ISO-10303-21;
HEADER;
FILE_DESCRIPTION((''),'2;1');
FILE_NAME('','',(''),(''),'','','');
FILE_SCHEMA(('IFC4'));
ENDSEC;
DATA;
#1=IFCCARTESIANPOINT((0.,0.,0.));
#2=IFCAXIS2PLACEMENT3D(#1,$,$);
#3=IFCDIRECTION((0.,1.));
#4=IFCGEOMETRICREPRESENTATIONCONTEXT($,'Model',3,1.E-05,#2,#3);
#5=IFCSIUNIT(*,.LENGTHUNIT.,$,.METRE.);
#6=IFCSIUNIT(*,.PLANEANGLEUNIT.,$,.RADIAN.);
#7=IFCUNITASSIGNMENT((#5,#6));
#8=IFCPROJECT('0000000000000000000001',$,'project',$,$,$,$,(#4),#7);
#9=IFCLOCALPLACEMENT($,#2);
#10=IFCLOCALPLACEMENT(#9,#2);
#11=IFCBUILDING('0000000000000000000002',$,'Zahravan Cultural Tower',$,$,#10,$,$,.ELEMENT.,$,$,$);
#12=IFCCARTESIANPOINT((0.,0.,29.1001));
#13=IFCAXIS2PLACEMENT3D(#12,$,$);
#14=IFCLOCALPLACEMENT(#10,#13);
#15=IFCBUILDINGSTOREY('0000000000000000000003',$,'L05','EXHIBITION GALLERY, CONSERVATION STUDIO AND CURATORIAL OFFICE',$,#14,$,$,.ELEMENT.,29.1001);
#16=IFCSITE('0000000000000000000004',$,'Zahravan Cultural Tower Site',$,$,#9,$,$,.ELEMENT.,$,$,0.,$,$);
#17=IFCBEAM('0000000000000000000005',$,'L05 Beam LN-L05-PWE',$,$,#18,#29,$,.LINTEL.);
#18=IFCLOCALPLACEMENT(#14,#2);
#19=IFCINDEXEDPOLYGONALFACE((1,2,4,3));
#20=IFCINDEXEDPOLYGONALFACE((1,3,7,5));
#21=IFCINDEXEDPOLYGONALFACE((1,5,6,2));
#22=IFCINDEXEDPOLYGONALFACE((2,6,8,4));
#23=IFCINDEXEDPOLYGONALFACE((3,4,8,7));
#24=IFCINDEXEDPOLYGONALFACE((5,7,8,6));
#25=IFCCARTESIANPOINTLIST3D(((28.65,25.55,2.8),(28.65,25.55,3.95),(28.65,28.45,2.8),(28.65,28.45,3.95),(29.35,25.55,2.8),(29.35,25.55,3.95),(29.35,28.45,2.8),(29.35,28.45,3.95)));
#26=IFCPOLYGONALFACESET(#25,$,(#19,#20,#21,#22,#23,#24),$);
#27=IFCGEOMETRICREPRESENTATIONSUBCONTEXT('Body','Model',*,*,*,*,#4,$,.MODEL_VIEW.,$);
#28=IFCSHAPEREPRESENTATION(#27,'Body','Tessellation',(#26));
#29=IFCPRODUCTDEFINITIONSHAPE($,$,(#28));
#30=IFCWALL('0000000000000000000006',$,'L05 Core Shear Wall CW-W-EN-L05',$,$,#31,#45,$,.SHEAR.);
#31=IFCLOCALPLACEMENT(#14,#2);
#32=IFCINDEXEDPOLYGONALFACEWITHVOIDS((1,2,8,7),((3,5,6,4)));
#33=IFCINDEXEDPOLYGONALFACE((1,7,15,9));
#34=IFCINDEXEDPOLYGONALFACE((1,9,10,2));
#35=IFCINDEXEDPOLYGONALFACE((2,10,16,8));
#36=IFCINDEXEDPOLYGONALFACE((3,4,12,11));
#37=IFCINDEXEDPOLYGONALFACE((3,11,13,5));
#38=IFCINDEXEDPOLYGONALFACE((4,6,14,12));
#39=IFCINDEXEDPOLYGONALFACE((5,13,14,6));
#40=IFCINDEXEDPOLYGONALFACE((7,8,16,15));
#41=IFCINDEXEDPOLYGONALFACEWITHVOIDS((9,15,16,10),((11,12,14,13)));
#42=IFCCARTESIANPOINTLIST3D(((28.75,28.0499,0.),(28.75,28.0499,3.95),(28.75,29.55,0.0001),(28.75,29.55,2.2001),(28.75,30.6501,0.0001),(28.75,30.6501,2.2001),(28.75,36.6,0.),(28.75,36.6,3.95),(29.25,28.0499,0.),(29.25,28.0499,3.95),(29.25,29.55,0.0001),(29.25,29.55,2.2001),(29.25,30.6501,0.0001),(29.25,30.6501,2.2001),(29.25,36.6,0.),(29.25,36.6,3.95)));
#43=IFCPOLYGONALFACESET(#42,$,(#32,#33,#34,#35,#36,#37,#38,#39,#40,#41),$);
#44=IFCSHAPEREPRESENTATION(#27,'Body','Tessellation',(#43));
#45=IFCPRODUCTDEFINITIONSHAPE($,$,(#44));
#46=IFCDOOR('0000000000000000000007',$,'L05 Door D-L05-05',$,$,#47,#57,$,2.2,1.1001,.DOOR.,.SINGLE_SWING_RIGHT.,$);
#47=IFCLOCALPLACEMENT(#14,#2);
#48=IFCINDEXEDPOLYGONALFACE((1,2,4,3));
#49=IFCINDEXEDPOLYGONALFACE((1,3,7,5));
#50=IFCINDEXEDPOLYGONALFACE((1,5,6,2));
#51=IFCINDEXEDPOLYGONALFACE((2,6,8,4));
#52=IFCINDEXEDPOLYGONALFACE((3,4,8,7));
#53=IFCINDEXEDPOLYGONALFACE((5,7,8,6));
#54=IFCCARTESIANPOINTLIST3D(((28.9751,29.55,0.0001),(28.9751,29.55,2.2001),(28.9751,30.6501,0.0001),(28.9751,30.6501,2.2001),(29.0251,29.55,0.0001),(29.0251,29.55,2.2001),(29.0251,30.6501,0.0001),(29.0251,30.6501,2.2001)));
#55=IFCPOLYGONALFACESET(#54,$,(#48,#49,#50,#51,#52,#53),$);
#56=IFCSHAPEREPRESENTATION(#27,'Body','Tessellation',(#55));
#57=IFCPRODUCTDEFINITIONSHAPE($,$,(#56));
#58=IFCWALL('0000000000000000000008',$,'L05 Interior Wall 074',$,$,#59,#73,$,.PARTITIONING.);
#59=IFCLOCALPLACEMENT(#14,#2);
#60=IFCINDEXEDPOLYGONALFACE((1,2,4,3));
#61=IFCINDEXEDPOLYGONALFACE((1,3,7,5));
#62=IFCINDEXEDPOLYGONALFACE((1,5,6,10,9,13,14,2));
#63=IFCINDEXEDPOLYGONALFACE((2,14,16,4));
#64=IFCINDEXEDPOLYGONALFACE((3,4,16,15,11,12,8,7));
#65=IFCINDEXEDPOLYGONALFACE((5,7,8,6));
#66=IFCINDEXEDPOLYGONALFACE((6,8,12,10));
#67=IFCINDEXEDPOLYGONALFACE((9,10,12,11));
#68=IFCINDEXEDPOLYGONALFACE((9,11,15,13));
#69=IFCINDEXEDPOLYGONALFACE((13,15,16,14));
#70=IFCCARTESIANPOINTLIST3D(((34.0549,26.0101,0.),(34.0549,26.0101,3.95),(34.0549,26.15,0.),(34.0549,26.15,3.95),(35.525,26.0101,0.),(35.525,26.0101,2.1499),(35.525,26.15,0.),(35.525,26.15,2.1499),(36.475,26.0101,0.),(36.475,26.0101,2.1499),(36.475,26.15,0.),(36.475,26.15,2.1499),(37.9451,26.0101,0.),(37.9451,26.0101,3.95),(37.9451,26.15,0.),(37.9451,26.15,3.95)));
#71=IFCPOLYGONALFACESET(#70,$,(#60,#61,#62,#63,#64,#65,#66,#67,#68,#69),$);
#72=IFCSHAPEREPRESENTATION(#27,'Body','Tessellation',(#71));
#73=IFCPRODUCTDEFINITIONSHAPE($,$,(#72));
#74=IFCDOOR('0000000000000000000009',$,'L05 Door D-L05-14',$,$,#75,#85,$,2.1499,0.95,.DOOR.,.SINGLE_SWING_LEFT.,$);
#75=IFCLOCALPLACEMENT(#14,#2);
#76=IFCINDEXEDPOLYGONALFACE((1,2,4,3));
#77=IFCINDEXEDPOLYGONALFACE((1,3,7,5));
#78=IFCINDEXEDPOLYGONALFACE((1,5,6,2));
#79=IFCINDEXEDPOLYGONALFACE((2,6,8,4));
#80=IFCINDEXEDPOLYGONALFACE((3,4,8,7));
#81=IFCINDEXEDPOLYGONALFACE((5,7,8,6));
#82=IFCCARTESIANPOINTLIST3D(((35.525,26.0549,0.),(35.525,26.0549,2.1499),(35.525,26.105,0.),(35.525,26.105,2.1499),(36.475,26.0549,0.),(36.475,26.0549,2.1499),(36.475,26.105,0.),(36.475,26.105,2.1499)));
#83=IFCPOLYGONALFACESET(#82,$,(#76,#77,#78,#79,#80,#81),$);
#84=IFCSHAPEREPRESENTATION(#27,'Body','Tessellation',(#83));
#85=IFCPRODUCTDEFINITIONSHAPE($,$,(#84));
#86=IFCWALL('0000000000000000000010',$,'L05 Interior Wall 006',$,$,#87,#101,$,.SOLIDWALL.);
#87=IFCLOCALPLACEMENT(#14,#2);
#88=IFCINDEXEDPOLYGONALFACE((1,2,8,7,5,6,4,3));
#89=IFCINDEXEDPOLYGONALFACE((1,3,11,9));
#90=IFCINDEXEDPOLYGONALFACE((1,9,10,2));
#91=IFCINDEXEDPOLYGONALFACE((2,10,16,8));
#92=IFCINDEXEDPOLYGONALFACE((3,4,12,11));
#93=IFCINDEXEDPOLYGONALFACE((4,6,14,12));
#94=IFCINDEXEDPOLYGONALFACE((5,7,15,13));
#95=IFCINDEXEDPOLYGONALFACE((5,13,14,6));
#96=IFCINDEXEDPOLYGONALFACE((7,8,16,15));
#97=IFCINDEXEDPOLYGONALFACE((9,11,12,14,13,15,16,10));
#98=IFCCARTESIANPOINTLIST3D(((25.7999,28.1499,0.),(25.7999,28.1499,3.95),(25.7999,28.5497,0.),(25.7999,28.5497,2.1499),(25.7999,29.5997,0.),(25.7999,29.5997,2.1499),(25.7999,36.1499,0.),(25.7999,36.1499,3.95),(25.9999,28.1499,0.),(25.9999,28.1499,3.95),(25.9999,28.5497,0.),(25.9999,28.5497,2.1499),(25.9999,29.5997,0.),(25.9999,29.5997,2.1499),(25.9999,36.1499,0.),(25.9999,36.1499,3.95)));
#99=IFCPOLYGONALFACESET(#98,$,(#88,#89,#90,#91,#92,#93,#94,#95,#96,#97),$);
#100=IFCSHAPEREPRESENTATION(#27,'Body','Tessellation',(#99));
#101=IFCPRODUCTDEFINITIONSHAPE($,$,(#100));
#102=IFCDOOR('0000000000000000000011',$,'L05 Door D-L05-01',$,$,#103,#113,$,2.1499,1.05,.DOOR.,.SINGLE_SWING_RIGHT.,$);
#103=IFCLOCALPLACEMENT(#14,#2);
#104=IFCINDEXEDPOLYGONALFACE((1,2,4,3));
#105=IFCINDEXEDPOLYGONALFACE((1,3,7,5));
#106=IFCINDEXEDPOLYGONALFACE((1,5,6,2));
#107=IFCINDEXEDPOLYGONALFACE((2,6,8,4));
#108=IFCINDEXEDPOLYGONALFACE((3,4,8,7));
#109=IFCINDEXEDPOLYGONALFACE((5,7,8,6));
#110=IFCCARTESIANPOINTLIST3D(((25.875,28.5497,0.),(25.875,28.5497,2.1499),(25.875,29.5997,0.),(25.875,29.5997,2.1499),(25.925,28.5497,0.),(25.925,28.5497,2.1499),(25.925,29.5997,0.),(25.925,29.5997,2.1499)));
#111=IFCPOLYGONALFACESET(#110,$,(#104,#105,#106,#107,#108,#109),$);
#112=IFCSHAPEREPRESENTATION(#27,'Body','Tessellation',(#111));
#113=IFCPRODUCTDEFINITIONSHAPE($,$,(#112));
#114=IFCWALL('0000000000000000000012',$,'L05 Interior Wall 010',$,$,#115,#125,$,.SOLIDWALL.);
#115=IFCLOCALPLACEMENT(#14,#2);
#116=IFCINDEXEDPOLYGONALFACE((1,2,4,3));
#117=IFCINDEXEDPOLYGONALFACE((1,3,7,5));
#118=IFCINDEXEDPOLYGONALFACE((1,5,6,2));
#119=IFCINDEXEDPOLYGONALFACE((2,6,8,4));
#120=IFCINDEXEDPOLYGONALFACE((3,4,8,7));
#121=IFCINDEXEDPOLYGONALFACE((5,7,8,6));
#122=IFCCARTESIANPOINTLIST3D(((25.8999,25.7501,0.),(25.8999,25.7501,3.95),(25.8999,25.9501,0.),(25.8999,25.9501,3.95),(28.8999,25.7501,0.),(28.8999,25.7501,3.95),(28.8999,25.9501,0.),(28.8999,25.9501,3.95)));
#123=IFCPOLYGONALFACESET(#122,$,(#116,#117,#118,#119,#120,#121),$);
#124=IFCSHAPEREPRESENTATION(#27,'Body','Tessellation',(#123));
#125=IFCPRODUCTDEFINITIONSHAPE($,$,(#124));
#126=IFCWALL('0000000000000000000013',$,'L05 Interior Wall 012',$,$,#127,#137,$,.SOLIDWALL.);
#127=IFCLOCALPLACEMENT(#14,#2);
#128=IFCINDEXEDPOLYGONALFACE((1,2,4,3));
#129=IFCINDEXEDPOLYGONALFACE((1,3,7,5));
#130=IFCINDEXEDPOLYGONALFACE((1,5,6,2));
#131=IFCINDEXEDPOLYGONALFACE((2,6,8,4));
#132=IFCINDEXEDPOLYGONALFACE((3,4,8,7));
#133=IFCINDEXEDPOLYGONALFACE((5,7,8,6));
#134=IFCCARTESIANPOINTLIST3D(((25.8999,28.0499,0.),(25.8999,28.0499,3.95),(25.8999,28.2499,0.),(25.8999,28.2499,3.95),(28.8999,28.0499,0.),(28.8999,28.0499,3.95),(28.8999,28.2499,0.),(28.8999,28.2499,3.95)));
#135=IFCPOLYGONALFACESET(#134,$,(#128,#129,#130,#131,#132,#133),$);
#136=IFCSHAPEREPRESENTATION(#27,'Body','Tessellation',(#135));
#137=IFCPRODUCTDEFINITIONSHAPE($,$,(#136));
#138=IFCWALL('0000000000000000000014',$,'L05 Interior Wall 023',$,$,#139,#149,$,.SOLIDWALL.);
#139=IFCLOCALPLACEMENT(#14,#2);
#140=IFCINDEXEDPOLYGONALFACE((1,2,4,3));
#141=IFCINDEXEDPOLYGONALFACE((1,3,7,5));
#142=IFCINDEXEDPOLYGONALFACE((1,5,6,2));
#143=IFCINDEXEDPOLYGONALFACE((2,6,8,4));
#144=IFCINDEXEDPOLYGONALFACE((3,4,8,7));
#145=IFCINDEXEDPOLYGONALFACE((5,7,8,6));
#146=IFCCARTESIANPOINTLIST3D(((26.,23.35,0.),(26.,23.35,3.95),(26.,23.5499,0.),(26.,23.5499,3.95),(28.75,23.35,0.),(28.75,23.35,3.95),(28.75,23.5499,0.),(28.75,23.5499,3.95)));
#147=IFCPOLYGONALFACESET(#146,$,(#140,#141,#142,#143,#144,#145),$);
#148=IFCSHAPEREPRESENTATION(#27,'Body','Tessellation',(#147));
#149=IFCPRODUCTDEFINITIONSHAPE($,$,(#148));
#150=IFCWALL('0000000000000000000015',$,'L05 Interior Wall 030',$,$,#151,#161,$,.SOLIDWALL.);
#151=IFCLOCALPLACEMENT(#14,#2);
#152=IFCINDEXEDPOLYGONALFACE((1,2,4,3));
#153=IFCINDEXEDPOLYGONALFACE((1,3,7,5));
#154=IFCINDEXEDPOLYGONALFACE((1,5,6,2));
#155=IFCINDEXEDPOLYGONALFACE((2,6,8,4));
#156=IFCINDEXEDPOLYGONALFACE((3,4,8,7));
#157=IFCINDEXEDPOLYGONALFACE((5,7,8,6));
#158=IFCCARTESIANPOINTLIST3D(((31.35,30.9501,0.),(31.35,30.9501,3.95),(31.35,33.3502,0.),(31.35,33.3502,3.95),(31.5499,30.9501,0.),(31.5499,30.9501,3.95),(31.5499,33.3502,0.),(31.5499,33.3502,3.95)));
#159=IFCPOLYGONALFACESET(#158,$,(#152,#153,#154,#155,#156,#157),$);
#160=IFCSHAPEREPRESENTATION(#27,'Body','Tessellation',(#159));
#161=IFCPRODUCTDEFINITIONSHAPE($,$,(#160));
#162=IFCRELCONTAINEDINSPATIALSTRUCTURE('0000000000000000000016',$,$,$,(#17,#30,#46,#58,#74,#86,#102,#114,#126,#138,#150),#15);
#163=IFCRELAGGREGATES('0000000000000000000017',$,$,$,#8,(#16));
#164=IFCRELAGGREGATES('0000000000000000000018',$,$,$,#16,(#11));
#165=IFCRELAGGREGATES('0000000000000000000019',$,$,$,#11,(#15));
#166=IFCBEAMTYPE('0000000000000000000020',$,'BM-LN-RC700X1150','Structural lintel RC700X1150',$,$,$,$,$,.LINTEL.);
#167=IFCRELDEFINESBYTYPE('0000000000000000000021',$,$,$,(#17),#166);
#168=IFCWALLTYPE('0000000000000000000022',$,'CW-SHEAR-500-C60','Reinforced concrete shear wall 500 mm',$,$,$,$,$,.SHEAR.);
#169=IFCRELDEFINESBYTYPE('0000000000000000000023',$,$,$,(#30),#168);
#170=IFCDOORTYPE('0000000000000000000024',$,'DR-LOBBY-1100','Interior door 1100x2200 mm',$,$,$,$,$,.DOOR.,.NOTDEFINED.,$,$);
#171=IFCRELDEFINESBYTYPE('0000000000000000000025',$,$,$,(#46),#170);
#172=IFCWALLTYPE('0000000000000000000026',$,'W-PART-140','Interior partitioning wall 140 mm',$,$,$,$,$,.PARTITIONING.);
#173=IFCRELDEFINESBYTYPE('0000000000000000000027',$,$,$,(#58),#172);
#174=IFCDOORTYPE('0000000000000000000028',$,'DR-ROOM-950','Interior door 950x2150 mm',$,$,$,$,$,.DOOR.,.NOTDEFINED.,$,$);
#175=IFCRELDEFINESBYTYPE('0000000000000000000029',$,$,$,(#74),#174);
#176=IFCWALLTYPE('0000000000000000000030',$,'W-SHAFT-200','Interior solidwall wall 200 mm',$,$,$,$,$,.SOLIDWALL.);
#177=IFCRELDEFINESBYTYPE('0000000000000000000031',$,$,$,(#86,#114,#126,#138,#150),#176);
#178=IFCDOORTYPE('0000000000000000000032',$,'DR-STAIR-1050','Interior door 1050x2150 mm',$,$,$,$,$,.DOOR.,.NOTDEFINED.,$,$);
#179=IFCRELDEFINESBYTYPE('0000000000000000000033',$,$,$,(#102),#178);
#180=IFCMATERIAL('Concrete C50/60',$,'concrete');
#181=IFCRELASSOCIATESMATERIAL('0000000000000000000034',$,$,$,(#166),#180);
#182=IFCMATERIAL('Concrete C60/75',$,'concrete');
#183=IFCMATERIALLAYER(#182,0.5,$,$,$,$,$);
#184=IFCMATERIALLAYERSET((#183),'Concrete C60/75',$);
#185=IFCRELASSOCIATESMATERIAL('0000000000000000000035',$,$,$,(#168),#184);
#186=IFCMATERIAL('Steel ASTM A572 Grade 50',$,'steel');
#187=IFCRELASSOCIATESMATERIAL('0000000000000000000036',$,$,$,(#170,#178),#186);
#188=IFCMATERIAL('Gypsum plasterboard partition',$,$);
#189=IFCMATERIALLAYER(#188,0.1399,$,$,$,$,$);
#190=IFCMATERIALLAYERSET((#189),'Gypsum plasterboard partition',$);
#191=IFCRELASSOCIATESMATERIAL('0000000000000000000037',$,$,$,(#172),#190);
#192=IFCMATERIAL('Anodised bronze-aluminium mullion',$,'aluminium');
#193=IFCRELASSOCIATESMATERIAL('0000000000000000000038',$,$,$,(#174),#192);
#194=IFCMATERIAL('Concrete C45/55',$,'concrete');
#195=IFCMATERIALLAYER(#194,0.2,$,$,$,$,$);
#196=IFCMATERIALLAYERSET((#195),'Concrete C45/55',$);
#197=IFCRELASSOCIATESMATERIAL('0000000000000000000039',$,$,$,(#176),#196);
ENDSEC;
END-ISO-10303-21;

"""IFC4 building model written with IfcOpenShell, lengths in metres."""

from ifc_helpers import new_model, si_unit, direction, frame, frame_2d, origin, origin_2d, place, context, subcontext, project, spatial, rectangle, extrude, source, transform, mapped, material, layer, layer_set, material_profile, profile_set, type_object, element, fill, save


model = new_model("IFC4")

# Units and contexts
model_context = context("Model", 3, precision=1e-05, world=origin(), true_north=direction((0.0, 1.0)))
body_context = subcontext(model_context, "Body", "Model", "MODEL_VIEW")
ifc_project = project(units=[si_unit("LENGTHUNIT", "METRE"), si_unit("PLANEANGLEUNIT", "RADIAN")], contexts=[model_context])

# Site, building, storey
site_placement = place(None, origin())
site = spatial("IfcSite", under=ifc_project, at=site_placement, Name="Zahravan Cultural Tower Site", CompositionType="ELEMENT", RefElevation=0.0)
building_placement = place(site_placement, origin())
building = spatial("IfcBuilding", under=site, at=building_placement, Name="Zahravan Cultural Tower", CompositionType="ELEMENT")
storey_placement = place(building_placement, frame((0.0, 0.0, 29.1001)))
storey = spatial("IfcBuildingStorey", under=building, at=storey_placement, Name="L05", Description="EXHIBITION GALLERY, CONSERVATION STUDIO AND CURATORIAL OFFICE", CompositionType="ELEMENT", Elevation=29.1001)

# Beam
ifc_material_1 = material(Name="Concrete C50/60", Category="concrete")
ifc_material_profile = material_profile(ifc_material_1, rectangle(XDim=0.7, YDim=1.1499, at=origin_2d()), Name="RC700X1150")
ifc_profile_set = profile_set([ifc_material_profile], Name="Concrete C50/60")
beam_type = type_object("IfcBeamType", Name="BM-LN-RC700X1150", Description="Structural lintel RC700X1150", PredefinedType="LINTEL", material=ifc_profile_set)
shared_shape_1 = source(origin(), body_context, "Body", "SweptSolid", [
    extrude(rectangle(XDim=0.7, YDim=1.1499, at=origin_2d()), origin(), (0.0, 0.0, 1.0), 2.8999),
])
beam_placement = place(storey_placement, frame((29.0, 25.55, 3.375), z_axis=(0.0, 1.0, 0.0), x_axis=(-1.0, 0.0, 0.0)))
element("IfcBeam", 1, at=beam_placement, inside=storey, type_object=beam_type, Name="L05 Beam LN-L05-PWE", PredefinedType="LINTEL", context=body_context, shape_type="MappedRepresentation", body=[
    mapped(shared_shape_1, transform((0.0, 0.0, 0.0), x_axis=(1.0, 0.0, 0.0), y_axis=(0.0, 1.0, 0.0), z_axis=(0.0, 0.0, 1.0), scale=1.0)),
])

# Walls, openings, doors
ifc_material_2 = material(Name="Concrete C60/75", Category="concrete")
ifc_layer_1 = layer(ifc_material_2, 0.5)
ifc_layer_set_1 = layer_set([ifc_layer_1], Name="Concrete C60/75")
wall_type_1 = type_object("IfcWallType", Name="CW-SHEAR-500-C60", Description="Reinforced concrete shear wall 500 mm", PredefinedType="SHEAR", material=ifc_layer_set_1)
wall_1_placement = place(storey_placement, frame((29.0, 28.05, 0.0), z_axis=(0.0, 0.0, 1.0), x_axis=(0.0, 1.0, 0.0)))
wall_1 = element("IfcWall", 2, at=wall_1_placement, inside=storey, type_object=wall_type_1, Name="L05 Core Shear Wall CW-W-EN-L05", PredefinedType="SHEAR", context=body_context, shape_type="SweptSolid", body=[
    extrude(rectangle(XDim=8.55, YDim=0.5, at=frame_2d((4.2749, 0.0))), origin(), (0.0, 0.0, 1.0), 3.95),
])
opening_1_placement = place(wall_1_placement, frame((1.5, 0.0, 0.0)))
opening_1 = element("IfcOpeningElement", 3, at=opening_1_placement, cuts=wall_1, PredefinedType="OPENING", context=body_context, shape_type="SweptSolid", body=[
    extrude(rectangle(XDim=1.1001, YDim=2.2, at=frame_2d((0.55, 1.1001))), frame((0.0, 0.26, 0.0), z_axis=(0.0, -1.0, 0.0), x_axis=(1.0, 0.0, 0.0)), (0.0, 0.0, 1.0), 0.52),
])
ifc_material_3 = material(Name="Steel ASTM A572 Grade 50", Category="steel")
door_type_1 = type_object("IfcDoorType", Name="DR-LOBBY-1100", Description="Interior door 1100x2200 mm", OperationType="NOTDEFINED", PredefinedType="DOOR", material=ifc_material_3)
shared_shape_2 = source(origin(), body_context, "Body", "SweptSolid", [
    extrude(rectangle(XDim=1.1001, YDim=2.2, at=frame_2d((0.55, 1.1001))), frame((0.0, 0.0249, 0.0), z_axis=(0.0, -1.0, 0.0), x_axis=(1.0, 0.0, 0.0)), (0.0, 0.0, 1.0), 0.05),
])
door_1_placement = place(opening_1_placement, origin())
door_1 = element("IfcDoor", 4, at=door_1_placement, inside=storey, type_object=door_type_1, Name="L05 Door D-L05-05", OperationType="SINGLE_SWING_RIGHT", OverallHeight=2.2, OverallWidth=1.1001, PredefinedType="DOOR", context=body_context, shape_type="MappedRepresentation", body=[
    mapped(shared_shape_2, transform((0.0, 0.0, 0.0), x_axis=(1.0, 0.0, 0.0), y_axis=(0.0, 1.0, 0.0), z_axis=(0.0, 0.0, 1.0), scale=1.0)),
])
fill(opening_1, door_1)
ifc_material_4 = material(Name="Gypsum plasterboard partition")
ifc_layer_2 = layer(ifc_material_4, 0.1399)
ifc_layer_set_2 = layer_set([ifc_layer_2], Name="Gypsum plasterboard partition")
wall_type_2 = type_object("IfcWallType", Name="W-PART-140", Description="Interior partitioning wall 140 mm", PredefinedType="PARTITIONING", material=ifc_layer_set_2)
wall_2_placement = place(storey_placement, frame((34.0549, 26.0801, 0.0), z_axis=(0.0, 0.0, 1.0), x_axis=(1.0, 0.0, 0.0)))
wall_2 = element("IfcWall", 5, at=wall_2_placement, inside=storey, type_object=wall_type_2, Name="L05 Interior Wall 074", PredefinedType="PARTITIONING", context=body_context, shape_type="SweptSolid", body=[
    extrude(rectangle(XDim=3.8901, YDim=0.1399, at=frame_2d((1.9451, 0.0))), origin(), (0.0, 0.0, 1.0), 3.95),
])
opening_2_placement = place(wall_2_placement, frame((1.47, 0.0, 0.0)))
opening_2 = element("IfcOpeningElement", 6, at=opening_2_placement, cuts=wall_2, PredefinedType="OPENING", context=body_context, shape_type="SweptSolid", body=[
    extrude(rectangle(XDim=0.95, YDim=2.1499, at=frame_2d((0.4751, 1.075))), frame((0.0, 0.0798, 0.0), z_axis=(0.0, -1.0, 0.0), x_axis=(1.0, 0.0, 0.0)), (0.0, 0.0, 1.0), 0.1599),
])
ifc_material_5 = material(Name="Anodised bronze-aluminium mullion", Category="aluminium")
door_type_2 = type_object("IfcDoorType", Name="DR-ROOM-950", Description="Interior door 950x2150 mm", OperationType="NOTDEFINED", PredefinedType="DOOR", material=ifc_material_5)
shared_shape_3 = source(origin(), body_context, "Body", "SweptSolid", [
    extrude(rectangle(XDim=0.95, YDim=2.1499, at=frame_2d((0.4751, 1.075))), frame((0.0, 0.0249, 0.0), z_axis=(0.0, -1.0, 0.0), x_axis=(1.0, 0.0, 0.0)), (0.0, 0.0, 1.0), 0.05),
])
door_2_placement = place(opening_2_placement, origin())
door_2 = element("IfcDoor", 7, at=door_2_placement, inside=storey, type_object=door_type_2, Name="L05 Door D-L05-14", OperationType="SINGLE_SWING_LEFT", OverallHeight=2.1499, OverallWidth=0.95, PredefinedType="DOOR", context=body_context, shape_type="MappedRepresentation", body=[
    mapped(shared_shape_3, transform((0.0, 0.0, 0.0), x_axis=(1.0, 0.0, 0.0), y_axis=(0.0, 1.0, 0.0), z_axis=(0.0, 0.0, 1.0), scale=1.0)),
])
fill(opening_2, door_2)
ifc_material_6 = material(Name="Concrete C45/55", Category="concrete")
ifc_layer_3 = layer(ifc_material_6, 0.2)
ifc_layer_set_3 = layer_set([ifc_layer_3], Name="Concrete C45/55")
wall_type_3 = type_object("IfcWallType", Name="W-SHAFT-200", Description="Interior solidwall wall 200 mm", PredefinedType="SOLIDWALL", material=ifc_layer_set_3)
wall_3_placement = place(storey_placement, frame((25.8999, 28.1499, 0.0), z_axis=(0.0, 0.0, 1.0), x_axis=(0.0, 1.0, 0.0)))
wall_3 = element("IfcWall", 8, at=wall_3_placement, inside=storey, type_object=wall_type_3, Name="L05 Interior Wall 006", PredefinedType="SOLIDWALL", context=body_context, shape_type="SweptSolid", body=[
    extrude(rectangle(XDim=8.0, YDim=0.2, at=frame_2d((4.0, 0.0))), origin(), (0.0, 0.0, 1.0), 3.95),
])
opening_3_placement = place(wall_3_placement, frame((0.3999, 0.0, 0.0)))
opening_3 = element("IfcOpeningElement", 9, at=opening_3_placement, cuts=wall_3, PredefinedType="OPENING", context=body_context, shape_type="SweptSolid", body=[
    extrude(rectangle(XDim=1.05, YDim=2.1499, at=frame_2d((0.5249, 1.075))), frame((0.0, 0.1099, 0.0), z_axis=(0.0, -1.0, 0.0), x_axis=(1.0, 0.0, 0.0)), (0.0, 0.0, 1.0), 0.22),
])
door_type_3 = type_object("IfcDoorType", Name="DR-STAIR-1050", Description="Interior door 1050x2150 mm", OperationType="NOTDEFINED", PredefinedType="DOOR", material=ifc_material_3)
shared_shape_4 = source(origin(), body_context, "Body", "SweptSolid", [
    extrude(rectangle(XDim=1.05, YDim=2.1499, at=frame_2d((0.5249, 1.075))), frame((0.0, 0.0249, 0.0), z_axis=(0.0, -1.0, 0.0), x_axis=(1.0, 0.0, 0.0)), (0.0, 0.0, 1.0), 0.05),
])
door_3_placement = place(opening_3_placement, origin())
door_3 = element("IfcDoor", 10, at=door_3_placement, inside=storey, type_object=door_type_3, Name="L05 Door D-L05-01", OperationType="SINGLE_SWING_RIGHT", OverallHeight=2.1499, OverallWidth=1.05, PredefinedType="DOOR", context=body_context, shape_type="MappedRepresentation", body=[
    mapped(shared_shape_4, transform((0.0, 0.0, 0.0), x_axis=(1.0, 0.0, 0.0), y_axis=(0.0, 1.0, 0.0), z_axis=(0.0, 0.0, 1.0), scale=1.0)),
])
fill(opening_3, door_3)

# Walls
shared_shape_5 = source(origin(), body_context, "Body", "SweptSolid", [
    extrude(rectangle(XDim=3.0, YDim=0.2, at=frame_2d((1.5, 0.0))), origin(), (0.0, 0.0, 1.0), 3.95),
])
for number, where, z_axis, x_axis, name in (
    (11, (25.8999, 25.8501, 0.0), (0.0, 0.0, 1.0), (1.0, 0.0, 0.0), "L05 Interior Wall 010"),
    (12, (25.8999, 28.1499, 0.0), (0.0, 0.0, 1.0), (1.0, 0.0, 0.0), "L05 Interior Wall 012"),
):
    element("IfcWall", number, at=place(storey_placement, frame(where, z_axis=z_axis, x_axis=x_axis)), inside=storey, type_object=wall_type_3, Name=name, PredefinedType="SOLIDWALL", context=body_context, shape_type="MappedRepresentation", body=[
        mapped(shared_shape_5, transform((0.0, 0.0, 0.0), x_axis=(1.0, 0.0, 0.0), y_axis=(0.0, 1.0, 0.0), z_axis=(0.0, 0.0, 1.0), scale=1.0)),
    ])
shared_shape_6 = source(origin(), body_context, "Body", "SweptSolid", [
    extrude(rectangle(XDim=2.75, YDim=0.2, at=frame_2d((1.375, 0.0))), origin(), (0.0, 0.0, 1.0), 3.95),
])
wall_4_placement = place(storey_placement, frame((26.0, 23.45, 0.0), z_axis=(0.0, 0.0, 1.0), x_axis=(1.0, 0.0, 0.0)))
element("IfcWall", 13, at=wall_4_placement, inside=storey, type_object=wall_type_3, Name="L05 Interior Wall 023", PredefinedType="SOLIDWALL", context=body_context, shape_type="MappedRepresentation", body=[
    mapped(shared_shape_6, transform((0.0, 0.0, 0.0), x_axis=(1.0, 0.0, 0.0), y_axis=(0.0, 1.0, 0.0), z_axis=(0.0, 0.0, 1.0), scale=1.0)),
])
shared_shape_7 = source(origin(), body_context, "Body", "SweptSolid", [
    extrude(rectangle(XDim=2.4001, YDim=0.2, at=frame_2d((1.2002, 0.0))), origin(), (0.0, 0.0, 1.0), 3.95),
])
for number, where, z_axis, x_axis, name in (
    (14, (31.45, 30.95, 0.0), (0.0, 0.0, 1.0), (0.0, 1.0, 0.0), "L05 Interior Wall 030"),
):
    element("IfcWall", number, at=place(storey_placement, frame(where, z_axis=z_axis, x_axis=x_axis)), inside=storey, type_object=wall_type_3, Name=name, PredefinedType="SOLIDWALL", context=body_context, shape_type="MappedRepresentation", body=[
        mapped(shared_shape_7, transform((0.0, 0.0, 0.0), x_axis=(1.0, 0.0, 0.0), y_axis=(0.0, 1.0, 0.0), z_axis=(0.0, 0.0, 1.0), scale=1.0)),
    ])

save(model, "model.ifc")
